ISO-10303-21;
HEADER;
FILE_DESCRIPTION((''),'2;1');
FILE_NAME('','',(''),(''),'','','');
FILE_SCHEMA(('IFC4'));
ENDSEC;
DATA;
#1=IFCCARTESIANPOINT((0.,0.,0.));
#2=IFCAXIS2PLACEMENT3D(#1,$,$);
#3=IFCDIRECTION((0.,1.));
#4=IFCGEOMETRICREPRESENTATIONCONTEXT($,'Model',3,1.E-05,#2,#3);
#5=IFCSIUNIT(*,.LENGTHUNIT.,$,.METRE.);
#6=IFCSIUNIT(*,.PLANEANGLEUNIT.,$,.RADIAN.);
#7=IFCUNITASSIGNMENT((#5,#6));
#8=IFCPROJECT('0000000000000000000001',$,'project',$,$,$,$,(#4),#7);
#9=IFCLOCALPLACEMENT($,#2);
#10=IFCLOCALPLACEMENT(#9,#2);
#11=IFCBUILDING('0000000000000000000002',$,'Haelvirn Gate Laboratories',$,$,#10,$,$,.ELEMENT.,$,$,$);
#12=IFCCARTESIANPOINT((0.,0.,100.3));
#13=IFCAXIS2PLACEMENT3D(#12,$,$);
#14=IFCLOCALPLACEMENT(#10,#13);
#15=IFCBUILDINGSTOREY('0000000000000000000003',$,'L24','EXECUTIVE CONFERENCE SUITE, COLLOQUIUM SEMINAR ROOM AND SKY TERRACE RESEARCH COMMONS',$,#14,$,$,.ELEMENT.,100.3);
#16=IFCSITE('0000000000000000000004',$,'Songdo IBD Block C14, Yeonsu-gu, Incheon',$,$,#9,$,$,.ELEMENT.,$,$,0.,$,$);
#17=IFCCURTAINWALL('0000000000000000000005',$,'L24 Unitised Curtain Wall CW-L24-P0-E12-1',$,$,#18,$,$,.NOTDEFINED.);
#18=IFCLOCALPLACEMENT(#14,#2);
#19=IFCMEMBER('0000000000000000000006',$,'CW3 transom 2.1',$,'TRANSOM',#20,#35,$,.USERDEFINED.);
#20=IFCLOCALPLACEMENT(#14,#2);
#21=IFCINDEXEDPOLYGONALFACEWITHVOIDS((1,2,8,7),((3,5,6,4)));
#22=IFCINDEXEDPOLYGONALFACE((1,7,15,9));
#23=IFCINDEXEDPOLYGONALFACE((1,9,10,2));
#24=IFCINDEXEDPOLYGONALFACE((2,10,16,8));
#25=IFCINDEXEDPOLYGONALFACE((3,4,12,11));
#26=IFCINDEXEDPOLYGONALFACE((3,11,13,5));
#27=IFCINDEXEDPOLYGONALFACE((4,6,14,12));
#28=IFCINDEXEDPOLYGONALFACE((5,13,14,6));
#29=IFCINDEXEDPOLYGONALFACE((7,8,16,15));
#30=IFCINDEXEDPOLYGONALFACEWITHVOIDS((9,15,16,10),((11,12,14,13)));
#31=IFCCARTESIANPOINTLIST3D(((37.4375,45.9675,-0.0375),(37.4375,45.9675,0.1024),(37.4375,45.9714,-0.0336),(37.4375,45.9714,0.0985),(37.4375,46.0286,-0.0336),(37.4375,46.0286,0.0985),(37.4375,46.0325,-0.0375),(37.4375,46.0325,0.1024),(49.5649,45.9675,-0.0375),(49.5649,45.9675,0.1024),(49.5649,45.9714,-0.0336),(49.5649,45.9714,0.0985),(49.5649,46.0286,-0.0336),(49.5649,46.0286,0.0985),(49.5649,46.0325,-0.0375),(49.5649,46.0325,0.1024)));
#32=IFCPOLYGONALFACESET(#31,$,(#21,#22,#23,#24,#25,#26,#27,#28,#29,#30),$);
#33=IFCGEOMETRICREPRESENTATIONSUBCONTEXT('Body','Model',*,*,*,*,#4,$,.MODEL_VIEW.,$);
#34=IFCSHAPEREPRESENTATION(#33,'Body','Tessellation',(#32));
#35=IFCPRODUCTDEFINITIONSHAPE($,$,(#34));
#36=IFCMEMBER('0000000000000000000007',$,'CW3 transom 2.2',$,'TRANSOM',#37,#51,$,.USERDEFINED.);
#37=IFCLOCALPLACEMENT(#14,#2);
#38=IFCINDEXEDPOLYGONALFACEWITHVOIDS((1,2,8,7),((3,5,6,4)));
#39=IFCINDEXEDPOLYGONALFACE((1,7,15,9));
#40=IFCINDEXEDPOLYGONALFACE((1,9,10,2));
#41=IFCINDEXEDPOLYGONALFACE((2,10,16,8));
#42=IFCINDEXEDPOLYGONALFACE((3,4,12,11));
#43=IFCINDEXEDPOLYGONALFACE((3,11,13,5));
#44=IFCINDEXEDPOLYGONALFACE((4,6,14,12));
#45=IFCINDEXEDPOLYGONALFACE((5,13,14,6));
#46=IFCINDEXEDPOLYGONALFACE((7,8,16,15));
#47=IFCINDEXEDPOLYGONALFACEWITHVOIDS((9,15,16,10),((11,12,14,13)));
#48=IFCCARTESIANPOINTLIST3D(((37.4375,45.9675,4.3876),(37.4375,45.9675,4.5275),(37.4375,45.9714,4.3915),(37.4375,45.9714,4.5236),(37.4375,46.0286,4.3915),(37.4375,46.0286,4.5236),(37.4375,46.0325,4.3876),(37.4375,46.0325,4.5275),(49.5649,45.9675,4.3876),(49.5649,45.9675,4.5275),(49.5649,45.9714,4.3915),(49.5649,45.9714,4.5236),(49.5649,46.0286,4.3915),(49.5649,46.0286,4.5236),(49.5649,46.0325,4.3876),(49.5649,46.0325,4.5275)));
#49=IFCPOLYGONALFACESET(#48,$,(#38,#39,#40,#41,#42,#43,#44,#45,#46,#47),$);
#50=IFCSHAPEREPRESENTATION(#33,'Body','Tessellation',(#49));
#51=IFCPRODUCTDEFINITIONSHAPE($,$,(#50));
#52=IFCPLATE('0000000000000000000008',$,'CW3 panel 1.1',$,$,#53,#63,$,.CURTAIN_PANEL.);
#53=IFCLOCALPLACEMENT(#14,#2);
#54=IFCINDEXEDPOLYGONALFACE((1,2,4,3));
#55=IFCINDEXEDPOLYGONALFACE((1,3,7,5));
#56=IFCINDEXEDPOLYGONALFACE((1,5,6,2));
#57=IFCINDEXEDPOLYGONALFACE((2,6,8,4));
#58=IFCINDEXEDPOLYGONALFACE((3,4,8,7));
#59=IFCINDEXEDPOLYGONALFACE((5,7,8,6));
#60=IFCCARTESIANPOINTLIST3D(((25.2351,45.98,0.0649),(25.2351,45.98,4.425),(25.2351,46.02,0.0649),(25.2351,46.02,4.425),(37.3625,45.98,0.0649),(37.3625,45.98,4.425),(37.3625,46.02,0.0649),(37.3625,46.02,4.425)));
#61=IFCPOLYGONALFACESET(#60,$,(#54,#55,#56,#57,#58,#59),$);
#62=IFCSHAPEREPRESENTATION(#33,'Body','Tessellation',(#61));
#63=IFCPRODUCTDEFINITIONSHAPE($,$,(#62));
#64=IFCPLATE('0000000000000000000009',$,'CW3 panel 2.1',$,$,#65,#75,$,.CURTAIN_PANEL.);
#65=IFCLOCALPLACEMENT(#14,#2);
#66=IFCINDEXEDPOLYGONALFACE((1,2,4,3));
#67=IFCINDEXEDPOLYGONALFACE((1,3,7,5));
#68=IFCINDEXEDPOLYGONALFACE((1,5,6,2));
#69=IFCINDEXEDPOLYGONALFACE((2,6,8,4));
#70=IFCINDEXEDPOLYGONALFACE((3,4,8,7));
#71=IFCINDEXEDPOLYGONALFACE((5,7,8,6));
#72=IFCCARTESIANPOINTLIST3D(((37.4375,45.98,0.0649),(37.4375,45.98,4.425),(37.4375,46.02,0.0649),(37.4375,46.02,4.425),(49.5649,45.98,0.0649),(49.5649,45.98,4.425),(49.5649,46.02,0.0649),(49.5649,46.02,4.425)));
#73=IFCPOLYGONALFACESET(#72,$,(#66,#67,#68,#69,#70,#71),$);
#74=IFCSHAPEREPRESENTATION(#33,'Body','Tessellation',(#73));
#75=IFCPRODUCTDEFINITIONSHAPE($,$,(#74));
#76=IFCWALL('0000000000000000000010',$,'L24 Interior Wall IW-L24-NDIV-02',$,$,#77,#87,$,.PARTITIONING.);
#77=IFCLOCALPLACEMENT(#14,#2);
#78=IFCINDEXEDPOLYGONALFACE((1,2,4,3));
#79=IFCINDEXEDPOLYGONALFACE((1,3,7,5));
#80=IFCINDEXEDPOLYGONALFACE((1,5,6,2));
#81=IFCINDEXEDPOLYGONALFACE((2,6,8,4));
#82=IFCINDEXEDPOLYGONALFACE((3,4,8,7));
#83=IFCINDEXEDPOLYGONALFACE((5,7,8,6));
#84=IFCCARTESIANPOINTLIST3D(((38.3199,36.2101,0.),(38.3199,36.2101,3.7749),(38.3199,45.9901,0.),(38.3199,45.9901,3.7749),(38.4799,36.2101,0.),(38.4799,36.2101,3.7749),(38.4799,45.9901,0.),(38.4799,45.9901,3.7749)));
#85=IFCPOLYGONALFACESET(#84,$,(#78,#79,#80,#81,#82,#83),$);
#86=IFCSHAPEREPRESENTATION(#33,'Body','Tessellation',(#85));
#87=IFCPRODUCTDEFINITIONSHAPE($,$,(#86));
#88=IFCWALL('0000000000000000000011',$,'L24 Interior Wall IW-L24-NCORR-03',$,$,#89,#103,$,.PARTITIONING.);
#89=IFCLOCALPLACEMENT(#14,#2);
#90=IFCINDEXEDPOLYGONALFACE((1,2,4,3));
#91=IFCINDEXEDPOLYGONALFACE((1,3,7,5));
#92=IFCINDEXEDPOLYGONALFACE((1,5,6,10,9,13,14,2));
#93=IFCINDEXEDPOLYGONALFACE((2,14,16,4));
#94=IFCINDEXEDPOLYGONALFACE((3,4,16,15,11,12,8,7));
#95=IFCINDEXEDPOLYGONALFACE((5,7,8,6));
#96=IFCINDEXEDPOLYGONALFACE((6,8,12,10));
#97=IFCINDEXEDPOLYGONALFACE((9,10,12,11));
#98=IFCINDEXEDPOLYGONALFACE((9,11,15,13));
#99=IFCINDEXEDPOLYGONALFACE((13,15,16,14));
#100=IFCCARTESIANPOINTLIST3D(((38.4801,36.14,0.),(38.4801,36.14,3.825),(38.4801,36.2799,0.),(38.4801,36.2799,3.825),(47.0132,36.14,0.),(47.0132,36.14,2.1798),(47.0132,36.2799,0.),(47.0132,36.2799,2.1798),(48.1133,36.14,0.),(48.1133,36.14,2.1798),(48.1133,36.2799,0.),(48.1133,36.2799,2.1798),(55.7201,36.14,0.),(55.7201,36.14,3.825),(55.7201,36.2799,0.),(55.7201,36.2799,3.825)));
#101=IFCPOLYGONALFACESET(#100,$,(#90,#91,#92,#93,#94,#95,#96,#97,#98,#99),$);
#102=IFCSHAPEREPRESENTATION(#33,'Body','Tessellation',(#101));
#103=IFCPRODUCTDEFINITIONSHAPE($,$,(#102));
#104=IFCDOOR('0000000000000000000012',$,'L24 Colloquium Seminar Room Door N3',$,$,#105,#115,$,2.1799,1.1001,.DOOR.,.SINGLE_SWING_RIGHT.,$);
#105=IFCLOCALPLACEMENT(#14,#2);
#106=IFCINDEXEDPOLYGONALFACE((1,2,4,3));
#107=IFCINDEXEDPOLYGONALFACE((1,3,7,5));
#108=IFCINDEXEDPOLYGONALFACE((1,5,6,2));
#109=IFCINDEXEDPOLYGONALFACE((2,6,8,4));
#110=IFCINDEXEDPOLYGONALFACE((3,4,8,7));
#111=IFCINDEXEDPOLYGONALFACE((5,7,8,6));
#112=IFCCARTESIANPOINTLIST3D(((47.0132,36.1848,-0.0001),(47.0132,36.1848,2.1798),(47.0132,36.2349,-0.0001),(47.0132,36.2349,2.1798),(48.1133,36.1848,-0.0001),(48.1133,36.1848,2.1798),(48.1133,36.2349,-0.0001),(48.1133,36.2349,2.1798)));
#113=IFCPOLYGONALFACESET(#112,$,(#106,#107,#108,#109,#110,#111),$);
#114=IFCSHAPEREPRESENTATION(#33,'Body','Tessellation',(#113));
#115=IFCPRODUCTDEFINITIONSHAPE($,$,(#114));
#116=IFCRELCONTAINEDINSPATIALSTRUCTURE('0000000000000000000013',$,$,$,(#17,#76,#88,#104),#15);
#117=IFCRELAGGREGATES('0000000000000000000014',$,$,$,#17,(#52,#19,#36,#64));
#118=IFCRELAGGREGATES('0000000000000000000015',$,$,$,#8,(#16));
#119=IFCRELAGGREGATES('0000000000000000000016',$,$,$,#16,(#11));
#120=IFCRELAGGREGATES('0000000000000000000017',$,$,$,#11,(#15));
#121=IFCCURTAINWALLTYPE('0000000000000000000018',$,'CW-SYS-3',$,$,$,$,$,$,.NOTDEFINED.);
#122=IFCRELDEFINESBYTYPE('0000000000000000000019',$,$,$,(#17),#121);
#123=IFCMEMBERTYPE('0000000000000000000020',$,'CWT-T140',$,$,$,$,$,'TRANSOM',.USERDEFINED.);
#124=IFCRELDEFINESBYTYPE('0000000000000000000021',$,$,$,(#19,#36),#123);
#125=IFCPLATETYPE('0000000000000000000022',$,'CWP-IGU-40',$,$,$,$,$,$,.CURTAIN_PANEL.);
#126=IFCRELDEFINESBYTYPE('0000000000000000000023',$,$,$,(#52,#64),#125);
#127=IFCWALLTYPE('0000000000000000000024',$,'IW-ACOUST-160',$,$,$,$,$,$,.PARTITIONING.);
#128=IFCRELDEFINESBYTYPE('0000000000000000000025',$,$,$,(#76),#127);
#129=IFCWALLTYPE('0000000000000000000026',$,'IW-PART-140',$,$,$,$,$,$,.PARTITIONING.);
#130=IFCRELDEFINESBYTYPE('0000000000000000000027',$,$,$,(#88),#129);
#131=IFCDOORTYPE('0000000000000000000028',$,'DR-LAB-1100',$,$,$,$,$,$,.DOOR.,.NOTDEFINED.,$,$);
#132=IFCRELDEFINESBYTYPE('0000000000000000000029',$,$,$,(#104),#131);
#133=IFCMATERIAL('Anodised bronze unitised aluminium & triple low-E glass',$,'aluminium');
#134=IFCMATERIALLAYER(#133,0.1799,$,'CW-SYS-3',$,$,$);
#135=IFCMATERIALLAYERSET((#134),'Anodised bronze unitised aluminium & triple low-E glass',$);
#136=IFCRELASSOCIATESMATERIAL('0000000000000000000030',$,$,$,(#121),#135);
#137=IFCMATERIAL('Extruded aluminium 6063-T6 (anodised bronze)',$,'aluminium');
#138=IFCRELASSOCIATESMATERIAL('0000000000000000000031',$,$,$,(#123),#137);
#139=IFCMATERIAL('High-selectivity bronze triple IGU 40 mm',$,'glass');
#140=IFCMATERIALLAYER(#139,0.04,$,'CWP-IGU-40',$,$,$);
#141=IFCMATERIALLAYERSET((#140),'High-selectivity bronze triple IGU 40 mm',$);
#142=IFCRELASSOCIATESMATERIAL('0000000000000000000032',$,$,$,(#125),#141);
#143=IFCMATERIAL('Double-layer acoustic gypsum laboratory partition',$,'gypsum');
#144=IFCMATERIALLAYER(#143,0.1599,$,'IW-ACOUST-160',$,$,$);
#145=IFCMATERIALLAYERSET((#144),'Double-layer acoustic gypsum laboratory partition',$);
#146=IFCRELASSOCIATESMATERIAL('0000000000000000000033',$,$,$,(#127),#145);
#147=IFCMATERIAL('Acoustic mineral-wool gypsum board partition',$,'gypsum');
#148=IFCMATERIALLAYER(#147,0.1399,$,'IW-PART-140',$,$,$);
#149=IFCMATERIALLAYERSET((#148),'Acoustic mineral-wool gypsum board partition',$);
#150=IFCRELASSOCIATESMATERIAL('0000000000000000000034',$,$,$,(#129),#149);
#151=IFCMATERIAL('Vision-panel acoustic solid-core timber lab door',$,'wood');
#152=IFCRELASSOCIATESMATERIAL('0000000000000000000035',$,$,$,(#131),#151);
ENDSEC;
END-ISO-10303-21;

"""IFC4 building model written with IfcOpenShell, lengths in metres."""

from ifc_helpers import new_model, si_unit, direction, frame, frame_2d, origin, origin_2d, place, context, subcontext, project, spatial, rectangle, hollow_rectangle, extrude, source, transform, mapped, material, layer, layer_set, material_profile, profile_set, type_object, type_shapes, element, fill, aggregate, save


model = new_model("IFC4")

# Units and contexts
model_context = context("Model", 3, precision=1e-05, world=origin(), true_north=direction((0.0, 1.0)))
body_context = subcontext(model_context, "Body", "Model", "MODEL_VIEW")
ifc_project = project(units=[si_unit("LENGTHUNIT", "METRE"), si_unit("PLANEANGLEUNIT", "RADIAN")], contexts=[model_context])

# Site, building, storey
site_placement = place(None, origin())
site = spatial("IfcSite", under=ifc_project, at=site_placement, Name="Songdo IBD Block C14, Yeonsu-gu, Incheon", CompositionType="ELEMENT", RefElevation=0.0)
building_placement = place(site_placement, origin())
building = spatial("IfcBuilding", under=site, at=building_placement, Name="Haelvirn Gate Laboratories", CompositionType="ELEMENT")
storey_placement = place(building_placement, frame((0.0, 0.0, 100.3)))
storey = spatial("IfcBuildingStorey", under=building, at=storey_placement, Name="L24", Description="EXECUTIVE CONFERENCE SUITE, COLLOQUIUM SEMINAR ROOM AND SKY TERRACE RESEARCH COMMONS", CompositionType="ELEMENT", Elevation=100.3)

# Curtain wall, members, plates
ifc_material_1 = material(Name="Anodised bronze unitised aluminium & triple low-E glass", Category="aluminium")
ifc_layer_1 = layer(ifc_material_1, 0.1799, Name="CW-SYS-3")
ifc_layer_set_1 = layer_set([ifc_layer_1], Name="Anodised bronze unitised aluminium & triple low-E glass")
curtain_wall_type = type_object("IfcCurtainWallType", Name="CW-SYS-3", PredefinedType="NOTDEFINED", material=ifc_layer_set_1)
curtain_wall_placement = place(storey_placement, origin())
curtain_wall = element("IfcCurtainWall", 1, at=curtain_wall_placement, inside=storey, type_object=curtain_wall_type, Name="L24 Unitised Curtain Wall CW-L24-P0-E12-1", PredefinedType="NOTDEFINED")
ifc_material_2 = material(Name="Extruded aluminium 6063-T6 (anodised bronze)", Category="aluminium")
ifc_material_profile_1 = material_profile(ifc_material_2, hollow_rectangle(XDim=0.0649, YDim=0.1399, WallThickness=0.0039, at=origin_2d()), Name="CWT-140x65x4")
ifc_profile_set_1 = profile_set([ifc_material_profile_1], Name="Extruded aluminium 6063-T6 (anodised bronze)")
member_type_1 = type_object("IfcMemberType", Name="CWT-T140", ElementType="TRANSOM", PredefinedType="USERDEFINED", material=ifc_profile_set_1)
shared_shape_1 = source(origin(), body_context, "Body", "SweptSolid", [
    extrude(hollow_rectangle(XDim=0.0649, YDim=0.1399, WallThickness=0.0039, at=origin_2d()), origin(), (0.0, 0.0, 1.0), 12.1274),
])
type_shapes(member_type_1, [shared_shape_1])
member_1_placement = place(storey_placement, frame((37.4375, 46.0, 0.0325), z_axis=(1.0, 0.0, 0.0), x_axis=(0.0, 1.0, 0.0)))
member_1 = element("IfcMember", 2, at=member_1_placement, type_object=member_type_1, Name="CW3 transom 2.1", ObjectType="TRANSOM", PredefinedType="USERDEFINED", context=body_context, shape_type="MappedRepresentation", body=[
    mapped(shared_shape_1, transform((0.0, 0.0, 0.0), scale=1.0)),
])
member_2_placement = place(storey_placement, frame((37.4375, 46.0, 4.4575), z_axis=(1.0, 0.0, 0.0), x_axis=(0.0, 1.0, 0.0)))
member_2 = element("IfcMember", 3, at=member_2_placement, type_object=member_type_1, Name="CW3 transom 2.2", ObjectType="TRANSOM", PredefinedType="USERDEFINED", context=body_context, shape_type="MappedRepresentation", body=[
    mapped(shared_shape_1, transform((0.0, 0.0, 0.0), scale=1.0)),
])
ifc_material_3 = material(Name="High-selectivity bronze triple IGU 40 mm", Category="glass")
ifc_layer_2 = layer(ifc_material_3, 0.04, Name="CWP-IGU-40")
ifc_layer_set_2 = layer_set([ifc_layer_2], Name="High-selectivity bronze triple IGU 40 mm")
plate_type = type_object("IfcPlateType", Name="CWP-IGU-40", PredefinedType="CURTAIN_PANEL", material=ifc_layer_set_2)
shared_shape_2 = source(origin(), body_context, "Body", "SweptSolid", [
    extrude(rectangle(XDim=12.1274, YDim=0.04, at=origin_2d()), origin(), (0.0, 0.0, 1.0), 4.3601),
])
type_shapes(plate_type, [shared_shape_2])
plate_1_placement = place(storey_placement, frame((31.2988, 46.0, 0.0649), z_axis=(0.0, 0.0, 1.0), x_axis=(1.0, 0.0, 0.0)))
plate_1 = element("IfcPlate", 4, at=plate_1_placement, type_object=plate_type, Name="CW3 panel 1.1", PredefinedType="CURTAIN_PANEL", context=body_context, shape_type="MappedRepresentation", body=[
    mapped(shared_shape_2, transform((0.0, 0.0, 0.0), scale=1.0)),
])
plate_2_placement = place(storey_placement, frame((43.5012, 46.0, 0.0649), z_axis=(0.0, 0.0, 1.0), x_axis=(1.0, 0.0, 0.0)))
plate_2 = element("IfcPlate", 5, at=plate_2_placement, type_object=plate_type, Name="CW3 panel 2.1", PredefinedType="CURTAIN_PANEL", context=body_context, shape_type="MappedRepresentation", body=[
    mapped(shared_shape_2, transform((0.0, 0.0, 0.0), scale=1.0)),
])
aggregate(curtain_wall, [plate_1, member_1, member_2, plate_2])

# Wall
ifc_material_4 = material(Name="Double-layer acoustic gypsum laboratory partition", Category="gypsum")
ifc_layer_3 = layer(ifc_material_4, 0.1599, Name="IW-ACOUST-160")
ifc_layer_set_3 = layer_set([ifc_layer_3], Name="Double-layer acoustic gypsum laboratory partition")
wall_type_1 = type_object("IfcWallType", Name="IW-ACOUST-160", PredefinedType="PARTITIONING", material=ifc_layer_set_3)
wall_1_placement = place(storey_placement, frame((38.3999, 36.21, 0.0), z_axis=(0.0, 0.0, 1.0), x_axis=(0.0, 1.0, 0.0)))
element("IfcWall", 6, at=wall_1_placement, inside=storey, type_object=wall_type_1, Name="L24 Interior Wall IW-L24-NDIV-02", PredefinedType="PARTITIONING", context=body_context, shape_type="SweptSolid", body=[
    extrude(rectangle(XDim=9.78, YDim=0.1599, at=frame_2d((4.8901, 0.0))), origin(), (0.0, 0.0, 1.0), 3.7749),
])

# Wall, opening, door
ifc_material_5 = material(Name="Acoustic mineral-wool gypsum board partition", Category="gypsum")
ifc_layer_4 = layer(ifc_material_5, 0.1399, Name="IW-PART-140")
ifc_layer_set_4 = layer_set([ifc_layer_4], Name="Acoustic mineral-wool gypsum board partition")
wall_type_2 = type_object("IfcWallType", Name="IW-PART-140", PredefinedType="PARTITIONING", material=ifc_layer_set_4)
wall_2_placement = place(storey_placement, frame((38.48, 36.21, 0.0), z_axis=(0.0, 0.0, 1.0), x_axis=(1.0, 0.0, 0.0)))
wall_2 = element("IfcWall", 7, at=wall_2_placement, inside=storey, type_object=wall_type_2, Name="L24 Interior Wall IW-L24-NCORR-03", PredefinedType="PARTITIONING", context=body_context, shape_type="SweptSolid", body=[
    extrude(rectangle(XDim=17.24, YDim=0.1399, at=frame_2d((8.6201, 0.0))), origin(), (0.0, 0.0, 1.0), 3.825),
])
opening_placement = place(wall_2_placement, frame((8.5332, 0.0, 0.0)))
opening = element("IfcOpeningElement", 8, at=opening_placement, cuts=wall_2, PredefinedType="OPENING", context=body_context, shape_type="SweptSolid", body=[
    extrude(rectangle(XDim=1.1001, YDim=2.1799, at=frame_2d((0.55, 1.0898))), frame((0.0, 0.0801, 0.0), z_axis=(0.0, -1.0, 0.0), x_axis=(1.0, 0.0, 0.0)), (0.0, 0.0, 1.0), 0.1599),
])
ifc_material_6 = material(Name="Vision-panel acoustic solid-core timber lab door", Category="wood")
door_type = type_object("IfcDoorType", Name="DR-LAB-1100", OperationType="NOTDEFINED", PredefinedType="DOOR", material=ifc_material_6)
shared_shape_3 = source(origin(), body_context, "Body", "SweptSolid", [
    extrude(rectangle(XDim=1.1001, YDim=2.1799, at=frame_2d((0.55, 1.0898))), frame((0.0, 0.0249, 0.0), z_axis=(0.0, -1.0, 0.0), x_axis=(1.0, 0.0, 0.0)), (0.0, 0.0, 1.0), 0.05),
])
type_shapes(door_type, [shared_shape_3])
door_placement = place(opening_placement, origin())
door = element("IfcDoor", 9, at=door_placement, inside=storey, type_object=door_type, Name="L24 Colloquium Seminar Room Door N3", OperationType="SINGLE_SWING_RIGHT", OverallHeight=2.1799, OverallWidth=1.1001, PredefinedType="DOOR", context=body_context, shape_type="MappedRepresentation", body=[
    mapped(shared_shape_3, transform((0.0, 0.0, 0.0), scale=1.0)),
])
fill(opening, door)

save(model, "model.ifc")
